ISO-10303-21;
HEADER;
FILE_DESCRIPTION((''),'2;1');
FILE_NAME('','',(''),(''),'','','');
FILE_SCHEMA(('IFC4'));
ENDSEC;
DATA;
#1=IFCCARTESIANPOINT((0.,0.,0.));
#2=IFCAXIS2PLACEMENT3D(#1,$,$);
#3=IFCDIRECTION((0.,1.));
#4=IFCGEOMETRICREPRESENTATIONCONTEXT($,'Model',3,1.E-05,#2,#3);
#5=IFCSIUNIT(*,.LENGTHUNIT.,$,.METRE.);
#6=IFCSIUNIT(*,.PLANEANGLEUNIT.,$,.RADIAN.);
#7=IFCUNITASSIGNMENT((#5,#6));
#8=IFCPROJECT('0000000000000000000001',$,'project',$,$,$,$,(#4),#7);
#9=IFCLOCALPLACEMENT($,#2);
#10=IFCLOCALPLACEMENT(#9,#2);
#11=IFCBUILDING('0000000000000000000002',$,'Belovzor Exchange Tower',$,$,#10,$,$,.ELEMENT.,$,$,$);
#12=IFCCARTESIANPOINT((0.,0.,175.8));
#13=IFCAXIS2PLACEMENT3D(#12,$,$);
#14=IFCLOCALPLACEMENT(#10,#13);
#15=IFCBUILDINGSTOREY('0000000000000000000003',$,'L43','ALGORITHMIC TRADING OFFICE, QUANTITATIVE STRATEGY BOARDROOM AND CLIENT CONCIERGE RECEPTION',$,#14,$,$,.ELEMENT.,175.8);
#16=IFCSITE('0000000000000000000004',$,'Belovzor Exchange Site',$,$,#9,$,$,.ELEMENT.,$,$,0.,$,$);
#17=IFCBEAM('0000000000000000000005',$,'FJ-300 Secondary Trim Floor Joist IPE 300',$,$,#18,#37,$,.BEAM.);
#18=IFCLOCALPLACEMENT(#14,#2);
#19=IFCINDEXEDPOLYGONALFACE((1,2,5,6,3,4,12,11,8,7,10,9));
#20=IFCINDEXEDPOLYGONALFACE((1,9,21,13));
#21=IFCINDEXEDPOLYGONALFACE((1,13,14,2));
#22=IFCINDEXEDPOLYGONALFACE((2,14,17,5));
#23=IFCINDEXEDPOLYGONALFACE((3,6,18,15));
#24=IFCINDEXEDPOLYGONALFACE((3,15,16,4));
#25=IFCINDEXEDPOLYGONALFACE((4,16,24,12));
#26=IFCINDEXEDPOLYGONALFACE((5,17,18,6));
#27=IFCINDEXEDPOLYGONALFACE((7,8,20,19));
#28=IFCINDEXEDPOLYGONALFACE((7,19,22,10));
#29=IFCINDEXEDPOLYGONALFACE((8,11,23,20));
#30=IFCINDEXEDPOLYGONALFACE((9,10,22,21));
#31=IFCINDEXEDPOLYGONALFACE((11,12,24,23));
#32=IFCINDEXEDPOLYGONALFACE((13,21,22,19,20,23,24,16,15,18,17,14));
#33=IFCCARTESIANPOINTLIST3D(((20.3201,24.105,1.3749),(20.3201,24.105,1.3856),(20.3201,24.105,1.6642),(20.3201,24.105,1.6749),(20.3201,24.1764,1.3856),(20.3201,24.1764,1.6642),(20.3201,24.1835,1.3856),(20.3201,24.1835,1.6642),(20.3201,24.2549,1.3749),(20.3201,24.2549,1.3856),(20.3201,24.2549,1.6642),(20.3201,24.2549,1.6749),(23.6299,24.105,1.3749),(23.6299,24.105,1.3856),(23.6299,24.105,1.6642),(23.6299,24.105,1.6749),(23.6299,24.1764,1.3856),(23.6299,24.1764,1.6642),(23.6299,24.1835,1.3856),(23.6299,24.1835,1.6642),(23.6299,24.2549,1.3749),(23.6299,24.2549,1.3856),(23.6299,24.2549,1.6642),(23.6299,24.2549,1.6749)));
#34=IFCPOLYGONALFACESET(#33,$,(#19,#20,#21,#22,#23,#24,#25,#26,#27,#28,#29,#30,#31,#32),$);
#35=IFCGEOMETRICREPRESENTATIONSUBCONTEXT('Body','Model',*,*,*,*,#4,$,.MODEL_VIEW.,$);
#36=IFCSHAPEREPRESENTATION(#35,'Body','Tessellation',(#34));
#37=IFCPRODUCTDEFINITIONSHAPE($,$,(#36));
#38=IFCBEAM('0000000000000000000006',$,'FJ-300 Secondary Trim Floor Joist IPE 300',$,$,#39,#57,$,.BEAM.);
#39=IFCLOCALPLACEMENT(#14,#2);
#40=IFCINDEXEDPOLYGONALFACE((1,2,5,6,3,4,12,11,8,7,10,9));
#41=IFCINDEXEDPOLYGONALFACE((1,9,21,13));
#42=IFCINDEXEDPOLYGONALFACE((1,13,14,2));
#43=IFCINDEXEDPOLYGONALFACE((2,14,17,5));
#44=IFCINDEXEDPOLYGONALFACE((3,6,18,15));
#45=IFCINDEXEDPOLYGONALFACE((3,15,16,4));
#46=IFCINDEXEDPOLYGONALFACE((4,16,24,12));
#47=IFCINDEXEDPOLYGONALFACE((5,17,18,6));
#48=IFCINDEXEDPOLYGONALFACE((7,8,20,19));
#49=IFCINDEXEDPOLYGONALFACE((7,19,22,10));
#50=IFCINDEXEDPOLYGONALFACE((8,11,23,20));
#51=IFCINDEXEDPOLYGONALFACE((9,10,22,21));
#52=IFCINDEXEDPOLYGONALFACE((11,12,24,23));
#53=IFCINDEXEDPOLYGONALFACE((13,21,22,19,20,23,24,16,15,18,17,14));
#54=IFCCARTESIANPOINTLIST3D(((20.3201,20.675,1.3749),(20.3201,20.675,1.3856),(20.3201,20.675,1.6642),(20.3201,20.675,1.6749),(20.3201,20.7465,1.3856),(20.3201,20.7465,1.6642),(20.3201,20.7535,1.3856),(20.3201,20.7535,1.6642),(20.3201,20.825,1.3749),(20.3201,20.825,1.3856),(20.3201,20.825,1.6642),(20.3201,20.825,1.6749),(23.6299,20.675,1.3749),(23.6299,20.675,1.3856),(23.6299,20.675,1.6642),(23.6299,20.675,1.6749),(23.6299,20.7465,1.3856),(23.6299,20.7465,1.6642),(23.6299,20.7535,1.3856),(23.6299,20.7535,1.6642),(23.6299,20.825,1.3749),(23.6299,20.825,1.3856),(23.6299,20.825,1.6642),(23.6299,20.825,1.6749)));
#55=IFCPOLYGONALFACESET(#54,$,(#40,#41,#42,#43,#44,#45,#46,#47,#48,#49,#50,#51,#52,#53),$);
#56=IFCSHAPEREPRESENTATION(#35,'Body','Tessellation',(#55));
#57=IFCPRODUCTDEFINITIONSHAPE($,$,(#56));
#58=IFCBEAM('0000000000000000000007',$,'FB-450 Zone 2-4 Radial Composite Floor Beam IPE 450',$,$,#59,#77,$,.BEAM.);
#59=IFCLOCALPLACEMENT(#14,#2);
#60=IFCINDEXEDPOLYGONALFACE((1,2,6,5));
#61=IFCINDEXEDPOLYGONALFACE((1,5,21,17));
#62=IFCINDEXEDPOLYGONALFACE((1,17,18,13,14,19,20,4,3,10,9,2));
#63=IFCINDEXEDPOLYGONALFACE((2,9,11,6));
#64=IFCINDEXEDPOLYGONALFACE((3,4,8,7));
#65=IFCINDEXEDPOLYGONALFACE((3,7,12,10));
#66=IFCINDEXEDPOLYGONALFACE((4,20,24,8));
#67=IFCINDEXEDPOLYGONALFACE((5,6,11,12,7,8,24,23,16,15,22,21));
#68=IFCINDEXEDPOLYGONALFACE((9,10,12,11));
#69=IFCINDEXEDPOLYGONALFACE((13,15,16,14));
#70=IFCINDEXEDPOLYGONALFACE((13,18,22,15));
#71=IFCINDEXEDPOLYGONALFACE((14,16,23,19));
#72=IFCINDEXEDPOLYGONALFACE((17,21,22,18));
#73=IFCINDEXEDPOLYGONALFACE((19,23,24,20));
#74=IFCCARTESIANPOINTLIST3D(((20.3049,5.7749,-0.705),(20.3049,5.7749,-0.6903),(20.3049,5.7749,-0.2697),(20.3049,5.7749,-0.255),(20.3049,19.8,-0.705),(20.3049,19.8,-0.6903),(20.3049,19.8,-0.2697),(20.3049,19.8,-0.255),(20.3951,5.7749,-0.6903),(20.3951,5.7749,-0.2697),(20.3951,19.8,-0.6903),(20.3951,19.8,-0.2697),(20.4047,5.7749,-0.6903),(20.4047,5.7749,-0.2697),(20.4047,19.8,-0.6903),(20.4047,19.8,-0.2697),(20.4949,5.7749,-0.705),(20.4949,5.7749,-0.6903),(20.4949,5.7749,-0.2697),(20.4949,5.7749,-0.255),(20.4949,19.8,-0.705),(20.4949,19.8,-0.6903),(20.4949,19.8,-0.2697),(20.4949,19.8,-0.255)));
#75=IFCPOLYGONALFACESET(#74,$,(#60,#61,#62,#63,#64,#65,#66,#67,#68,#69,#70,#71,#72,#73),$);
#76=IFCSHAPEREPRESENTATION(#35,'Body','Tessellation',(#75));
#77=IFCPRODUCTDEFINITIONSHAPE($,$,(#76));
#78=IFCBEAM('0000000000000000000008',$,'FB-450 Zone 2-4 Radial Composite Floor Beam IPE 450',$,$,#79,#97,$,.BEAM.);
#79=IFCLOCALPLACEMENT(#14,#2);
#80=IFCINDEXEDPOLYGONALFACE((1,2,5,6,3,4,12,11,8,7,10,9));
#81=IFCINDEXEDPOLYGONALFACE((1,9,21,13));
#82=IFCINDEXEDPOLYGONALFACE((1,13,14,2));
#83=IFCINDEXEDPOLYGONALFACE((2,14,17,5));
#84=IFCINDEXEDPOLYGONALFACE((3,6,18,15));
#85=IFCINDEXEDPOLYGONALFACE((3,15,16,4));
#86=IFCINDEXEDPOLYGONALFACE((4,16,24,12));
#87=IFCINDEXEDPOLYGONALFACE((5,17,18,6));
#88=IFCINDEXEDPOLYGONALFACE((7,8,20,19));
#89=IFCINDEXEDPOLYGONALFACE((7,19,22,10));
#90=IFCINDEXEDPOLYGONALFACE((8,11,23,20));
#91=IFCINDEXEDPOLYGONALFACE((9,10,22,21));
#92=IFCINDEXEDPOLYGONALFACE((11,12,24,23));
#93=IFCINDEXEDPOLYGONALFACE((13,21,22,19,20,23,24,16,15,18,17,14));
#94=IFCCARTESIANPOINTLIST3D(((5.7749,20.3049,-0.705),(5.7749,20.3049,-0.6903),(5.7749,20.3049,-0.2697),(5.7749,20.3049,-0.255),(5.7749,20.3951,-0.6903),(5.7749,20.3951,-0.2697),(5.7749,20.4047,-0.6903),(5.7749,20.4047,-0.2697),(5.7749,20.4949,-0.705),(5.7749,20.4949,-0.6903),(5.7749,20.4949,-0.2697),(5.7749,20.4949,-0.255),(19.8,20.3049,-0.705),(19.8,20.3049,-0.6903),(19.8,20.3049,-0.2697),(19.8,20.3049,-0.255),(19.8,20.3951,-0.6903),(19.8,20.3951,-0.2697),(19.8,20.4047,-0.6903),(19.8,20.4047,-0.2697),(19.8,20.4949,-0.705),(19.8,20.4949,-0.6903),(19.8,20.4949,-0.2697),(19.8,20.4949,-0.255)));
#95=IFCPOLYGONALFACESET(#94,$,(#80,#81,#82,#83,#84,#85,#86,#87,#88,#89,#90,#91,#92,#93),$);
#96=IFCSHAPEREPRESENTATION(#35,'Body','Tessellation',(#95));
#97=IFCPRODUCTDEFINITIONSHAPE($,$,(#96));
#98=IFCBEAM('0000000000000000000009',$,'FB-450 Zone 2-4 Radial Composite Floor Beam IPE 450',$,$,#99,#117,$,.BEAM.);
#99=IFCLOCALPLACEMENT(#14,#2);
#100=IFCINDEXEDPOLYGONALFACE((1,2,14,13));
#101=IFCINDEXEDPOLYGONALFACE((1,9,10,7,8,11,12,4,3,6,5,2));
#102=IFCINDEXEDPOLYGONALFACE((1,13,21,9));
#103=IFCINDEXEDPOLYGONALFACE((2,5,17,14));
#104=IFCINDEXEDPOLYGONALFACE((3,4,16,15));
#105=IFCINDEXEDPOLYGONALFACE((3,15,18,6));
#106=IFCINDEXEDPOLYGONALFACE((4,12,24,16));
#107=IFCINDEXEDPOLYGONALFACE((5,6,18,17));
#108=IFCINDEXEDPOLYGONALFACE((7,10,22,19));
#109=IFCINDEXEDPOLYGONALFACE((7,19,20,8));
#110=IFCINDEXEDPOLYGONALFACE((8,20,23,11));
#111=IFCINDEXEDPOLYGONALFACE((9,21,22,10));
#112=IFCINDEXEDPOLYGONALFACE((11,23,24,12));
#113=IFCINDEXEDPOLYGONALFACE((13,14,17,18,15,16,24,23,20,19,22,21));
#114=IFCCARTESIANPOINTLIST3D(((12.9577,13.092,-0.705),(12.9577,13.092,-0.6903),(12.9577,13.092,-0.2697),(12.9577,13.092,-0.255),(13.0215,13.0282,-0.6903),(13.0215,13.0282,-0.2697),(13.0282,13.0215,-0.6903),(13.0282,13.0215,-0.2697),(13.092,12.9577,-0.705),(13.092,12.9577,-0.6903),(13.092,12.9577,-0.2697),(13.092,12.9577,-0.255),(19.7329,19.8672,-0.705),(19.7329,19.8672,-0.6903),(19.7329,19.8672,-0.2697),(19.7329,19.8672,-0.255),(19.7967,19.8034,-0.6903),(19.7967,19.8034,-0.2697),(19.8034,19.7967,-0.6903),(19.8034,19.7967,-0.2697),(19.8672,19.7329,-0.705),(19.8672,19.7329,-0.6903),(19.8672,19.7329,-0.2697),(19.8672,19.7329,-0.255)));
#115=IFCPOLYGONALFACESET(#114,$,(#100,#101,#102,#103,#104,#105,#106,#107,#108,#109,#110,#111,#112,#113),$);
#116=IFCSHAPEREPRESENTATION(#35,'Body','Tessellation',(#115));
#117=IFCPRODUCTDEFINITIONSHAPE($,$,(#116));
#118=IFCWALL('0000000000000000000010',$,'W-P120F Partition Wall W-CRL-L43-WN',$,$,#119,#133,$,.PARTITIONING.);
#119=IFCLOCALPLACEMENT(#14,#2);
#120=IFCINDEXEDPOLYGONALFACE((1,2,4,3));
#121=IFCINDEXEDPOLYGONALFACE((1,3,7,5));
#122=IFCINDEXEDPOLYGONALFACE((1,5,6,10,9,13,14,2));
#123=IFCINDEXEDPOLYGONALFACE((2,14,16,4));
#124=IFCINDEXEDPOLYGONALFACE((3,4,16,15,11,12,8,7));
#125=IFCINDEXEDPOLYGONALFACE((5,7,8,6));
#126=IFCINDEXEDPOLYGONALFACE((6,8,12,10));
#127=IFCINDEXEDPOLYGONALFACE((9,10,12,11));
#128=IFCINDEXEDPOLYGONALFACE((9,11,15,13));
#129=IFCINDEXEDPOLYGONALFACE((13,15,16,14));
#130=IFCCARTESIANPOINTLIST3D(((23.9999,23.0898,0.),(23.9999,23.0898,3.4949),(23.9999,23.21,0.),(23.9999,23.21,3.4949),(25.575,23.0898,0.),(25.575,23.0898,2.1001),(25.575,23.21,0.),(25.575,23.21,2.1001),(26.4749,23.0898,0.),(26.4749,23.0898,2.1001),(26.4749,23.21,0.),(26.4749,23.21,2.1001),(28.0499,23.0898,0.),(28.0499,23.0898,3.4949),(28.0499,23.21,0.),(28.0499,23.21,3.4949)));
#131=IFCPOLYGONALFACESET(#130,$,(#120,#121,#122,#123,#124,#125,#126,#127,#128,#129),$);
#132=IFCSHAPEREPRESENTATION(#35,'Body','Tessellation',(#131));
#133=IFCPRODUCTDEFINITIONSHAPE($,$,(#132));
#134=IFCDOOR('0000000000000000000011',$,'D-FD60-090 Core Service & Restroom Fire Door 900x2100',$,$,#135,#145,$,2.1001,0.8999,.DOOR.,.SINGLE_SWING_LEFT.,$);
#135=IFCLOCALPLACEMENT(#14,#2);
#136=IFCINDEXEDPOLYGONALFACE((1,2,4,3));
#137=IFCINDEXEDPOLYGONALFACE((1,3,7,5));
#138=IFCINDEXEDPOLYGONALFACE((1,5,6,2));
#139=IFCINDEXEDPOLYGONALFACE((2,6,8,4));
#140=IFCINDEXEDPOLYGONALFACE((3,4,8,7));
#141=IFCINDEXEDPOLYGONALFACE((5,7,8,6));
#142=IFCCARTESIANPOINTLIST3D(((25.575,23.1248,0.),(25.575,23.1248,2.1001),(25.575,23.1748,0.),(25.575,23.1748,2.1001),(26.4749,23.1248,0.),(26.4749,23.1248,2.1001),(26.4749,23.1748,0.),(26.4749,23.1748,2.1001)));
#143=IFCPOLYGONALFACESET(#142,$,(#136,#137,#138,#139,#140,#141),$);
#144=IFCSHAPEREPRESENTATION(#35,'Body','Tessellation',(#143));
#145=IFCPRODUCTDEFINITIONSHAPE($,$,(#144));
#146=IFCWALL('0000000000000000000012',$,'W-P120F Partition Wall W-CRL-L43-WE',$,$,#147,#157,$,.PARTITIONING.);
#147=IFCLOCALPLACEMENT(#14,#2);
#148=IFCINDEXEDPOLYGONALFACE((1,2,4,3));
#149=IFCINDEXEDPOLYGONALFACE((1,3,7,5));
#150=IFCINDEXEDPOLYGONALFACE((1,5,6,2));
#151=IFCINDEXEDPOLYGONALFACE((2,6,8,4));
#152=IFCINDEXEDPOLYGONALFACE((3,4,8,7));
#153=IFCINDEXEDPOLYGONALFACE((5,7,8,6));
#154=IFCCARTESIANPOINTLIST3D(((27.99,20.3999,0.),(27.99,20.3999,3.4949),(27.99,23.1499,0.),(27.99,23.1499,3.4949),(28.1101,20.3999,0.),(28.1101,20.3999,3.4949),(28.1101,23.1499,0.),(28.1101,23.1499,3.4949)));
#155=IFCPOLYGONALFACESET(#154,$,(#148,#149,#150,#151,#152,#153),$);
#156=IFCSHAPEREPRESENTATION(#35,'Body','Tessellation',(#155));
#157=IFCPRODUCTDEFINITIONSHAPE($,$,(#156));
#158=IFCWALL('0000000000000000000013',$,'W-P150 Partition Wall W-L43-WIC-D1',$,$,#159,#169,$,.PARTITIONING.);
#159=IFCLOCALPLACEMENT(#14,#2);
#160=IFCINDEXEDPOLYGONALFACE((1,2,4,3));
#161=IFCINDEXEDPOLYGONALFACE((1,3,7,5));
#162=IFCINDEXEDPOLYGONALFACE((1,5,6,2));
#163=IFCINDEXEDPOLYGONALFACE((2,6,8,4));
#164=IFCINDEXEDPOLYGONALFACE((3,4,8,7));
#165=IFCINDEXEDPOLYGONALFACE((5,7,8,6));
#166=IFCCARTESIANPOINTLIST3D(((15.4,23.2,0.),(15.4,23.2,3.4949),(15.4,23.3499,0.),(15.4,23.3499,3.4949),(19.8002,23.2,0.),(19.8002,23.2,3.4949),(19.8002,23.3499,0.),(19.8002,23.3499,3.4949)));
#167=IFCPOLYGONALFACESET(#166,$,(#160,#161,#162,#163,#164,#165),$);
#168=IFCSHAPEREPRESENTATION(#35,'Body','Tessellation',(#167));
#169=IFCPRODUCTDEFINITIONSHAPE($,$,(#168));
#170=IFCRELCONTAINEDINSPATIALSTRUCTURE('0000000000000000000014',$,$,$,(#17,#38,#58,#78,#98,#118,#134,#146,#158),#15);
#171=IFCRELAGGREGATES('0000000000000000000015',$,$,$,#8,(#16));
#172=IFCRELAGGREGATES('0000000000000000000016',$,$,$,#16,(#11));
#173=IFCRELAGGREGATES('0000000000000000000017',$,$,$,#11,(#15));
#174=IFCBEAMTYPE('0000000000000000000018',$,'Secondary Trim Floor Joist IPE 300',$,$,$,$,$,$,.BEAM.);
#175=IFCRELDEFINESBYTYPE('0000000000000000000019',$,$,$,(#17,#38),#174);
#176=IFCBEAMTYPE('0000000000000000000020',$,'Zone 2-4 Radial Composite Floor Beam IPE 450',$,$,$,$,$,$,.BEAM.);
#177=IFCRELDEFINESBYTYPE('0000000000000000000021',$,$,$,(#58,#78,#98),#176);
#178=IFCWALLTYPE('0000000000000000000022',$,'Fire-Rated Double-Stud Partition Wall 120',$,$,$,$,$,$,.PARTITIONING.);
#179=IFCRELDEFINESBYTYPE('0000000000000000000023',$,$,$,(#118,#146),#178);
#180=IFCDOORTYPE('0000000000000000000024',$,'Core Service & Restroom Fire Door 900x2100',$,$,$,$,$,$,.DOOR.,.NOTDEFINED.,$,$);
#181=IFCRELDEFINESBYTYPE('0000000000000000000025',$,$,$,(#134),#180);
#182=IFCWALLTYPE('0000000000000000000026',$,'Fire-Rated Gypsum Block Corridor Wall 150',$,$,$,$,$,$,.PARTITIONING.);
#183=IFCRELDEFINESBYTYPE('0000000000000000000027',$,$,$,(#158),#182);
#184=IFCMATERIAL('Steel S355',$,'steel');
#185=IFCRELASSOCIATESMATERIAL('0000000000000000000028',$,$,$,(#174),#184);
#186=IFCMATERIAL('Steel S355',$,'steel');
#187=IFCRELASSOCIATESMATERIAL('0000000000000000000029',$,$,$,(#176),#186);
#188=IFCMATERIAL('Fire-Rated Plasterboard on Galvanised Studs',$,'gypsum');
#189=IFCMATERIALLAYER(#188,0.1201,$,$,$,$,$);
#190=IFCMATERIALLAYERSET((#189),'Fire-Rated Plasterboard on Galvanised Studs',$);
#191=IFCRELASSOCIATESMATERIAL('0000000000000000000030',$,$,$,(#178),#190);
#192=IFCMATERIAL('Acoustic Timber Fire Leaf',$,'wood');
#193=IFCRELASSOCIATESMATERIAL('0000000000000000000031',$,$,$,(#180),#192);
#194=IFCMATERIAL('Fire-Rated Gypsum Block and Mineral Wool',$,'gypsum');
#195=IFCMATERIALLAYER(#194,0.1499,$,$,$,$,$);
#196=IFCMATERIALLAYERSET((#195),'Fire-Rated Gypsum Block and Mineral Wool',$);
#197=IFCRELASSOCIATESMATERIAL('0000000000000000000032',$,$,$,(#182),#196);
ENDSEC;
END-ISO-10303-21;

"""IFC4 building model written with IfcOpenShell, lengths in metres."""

from ifc_helpers import new_model, si_unit, direction, frame, frame_2d, origin, origin_2d, place, context, subcontext, project, spatial, rectangle, i_section, extrude, material, layer, layer_set, material_profile, profile_set, type_object, element, fill, save


model = new_model("IFC4")

# Units and contexts
model_context = context("Model", 3, precision=1e-05, world=origin(), true_north=direction((0.0, 1.0)))
body_context = subcontext(model_context, "Body", "Model", "MODEL_VIEW")
ifc_project = project(units=[si_unit("LENGTHUNIT", "METRE"), si_unit("PLANEANGLEUNIT", "RADIAN")], contexts=[model_context])

# Site, building, storey
site_placement = place(None, origin())
site = spatial("IfcSite", under=ifc_project, at=site_placement, Name="Belovzor Exchange Site", CompositionType="ELEMENT", RefElevation=0.0)
building_placement = place(site_placement, origin())
building = spatial("IfcBuilding", under=site, at=building_placement, Name="Belovzor Exchange Tower", CompositionType="ELEMENT")
storey_placement = place(building_placement, frame((0.0, 0.0, 175.8)))
storey = spatial("IfcBuildingStorey", under=building, at=storey_placement, Name="L43", Description="ALGORITHMIC TRADING OFFICE, QUANTITATIVE STRATEGY BOARDROOM AND CLIENT CONCIERGE RECEPTION", CompositionType="ELEMENT", Elevation=175.8)

# Beams
ifc_material_1 = material(Name="Steel S355", Category="steel")
ifc_material_profile_1 = material_profile(ifc_material_1, i_section(OverallWidth=0.1499, OverallDepth=0.3, WebThickness=0.0071, FlangeThickness=0.0107, at=origin_2d()))
ifc_profile_set_1 = profile_set([ifc_material_profile_1], Name="Steel S355")
beam_type_1 = type_object("IfcBeamType", Name="Secondary Trim Floor Joist IPE 300", PredefinedType="BEAM", material=ifc_profile_set_1)
for number, where, z_axis, x_axis, name in (
    (1, (20.3201, 24.1799, 1.5249), (1.0, 0.0, 0.0), (0.0, 1.0, 0.0), "FJ-300 Secondary Trim Floor Joist IPE 300"),
    (2, (20.3201, 20.75, 1.5249), (1.0, 0.0, 0.0), (0.0, 1.0, 0.0), "FJ-300 Secondary Trim Floor Joist IPE 300"),
):
    element("IfcBeam", number, at=place(storey_placement, frame(where, z_axis=z_axis, x_axis=x_axis)), inside=storey, type_object=beam_type_1, Name=name, PredefinedType="BEAM", context=body_context, shape_type="SweptSolid", body=[
        extrude(i_section(OverallWidth=0.1499, OverallDepth=0.3, WebThickness=0.0071, FlangeThickness=0.0107, at=origin_2d()), origin(), (0.0, 0.0, 1.0), 3.3098),
    ])
ifc_material_2 = material(Name="Steel S355", Category="steel")
ifc_material_profile_2 = material_profile(ifc_material_2, i_section(OverallWidth=0.1899, OverallDepth=0.45, WebThickness=0.0095, FlangeThickness=0.0146, at=origin_2d()))
ifc_profile_set_2 = profile_set([ifc_material_profile_2], Name="Steel S355")
beam_type_2 = type_object("IfcBeamType", Name="Zone 2-4 Radial Composite Floor Beam IPE 450", PredefinedType="BEAM", material=ifc_profile_set_2)
for number, where, z_axis, x_axis, name in (
    (3, (20.3999, 19.8, -0.48), (0.0, -1.0, 0.0), (1.0, 0.0, 0.0), "FB-450 Zone 2-4 Radial Composite Floor Beam IPE 450"),
    (4, (19.8, 20.3999, -0.48), (-1.0, 0.0, 0.0), (0.0, -1.0, 0.0), "FB-450 Zone 2-4 Radial Composite Floor Beam IPE 450"),
):
    element("IfcBeam", number, at=place(storey_placement, frame(where, z_axis=z_axis, x_axis=x_axis)), inside=storey, type_object=beam_type_2, Name=name, PredefinedType="BEAM", context=body_context, shape_type="SweptSolid", body=[
        extrude(i_section(OverallWidth=0.1899, OverallDepth=0.45, WebThickness=0.0095, FlangeThickness=0.0146, at=origin_2d()), origin(), (0.0, 0.0, 1.0), 14.0251),
    ])
beam_placement = place(storey_placement, frame((19.8, 19.8, -0.48), z_axis=(-0.707107, -0.707107, 0.0), x_axis=(0.707107, -0.707107, 0.0)))
element("IfcBeam", 5, at=beam_placement, inside=storey, type_object=beam_type_2, Name="FB-450 Zone 2-4 Radial Composite Floor Beam IPE 450", PredefinedType="BEAM", context=body_context, shape_type="SweptSolid", body=[
    extrude(i_section(OverallWidth=0.1899, OverallDepth=0.45, WebThickness=0.0095, FlangeThickness=0.0146, at=origin_2d()), origin(), (0.0, 0.0, 1.0), 9.5815),
])

# Wall, opening, door
ifc_material_3 = material(Name="Fire-Rated Plasterboard on Galvanised Studs", Category="gypsum")
ifc_layer_1 = layer(ifc_material_3, 0.1201)
ifc_layer_set_1 = layer_set([ifc_layer_1], Name="Fire-Rated Plasterboard on Galvanised Studs")
wall_type_1 = type_object("IfcWallType", Name="Fire-Rated Double-Stud Partition Wall 120", PredefinedType="PARTITIONING", material=ifc_layer_set_1)
wall_1_placement = place(storey_placement, frame((24.0, 23.1499, 0.0), z_axis=(0.0, 0.0, 1.0), x_axis=(1.0, 0.0, 0.0)))
wall_1 = element("IfcWall", 6, at=wall_1_placement, inside=storey, type_object=wall_type_1, Name="W-P120F Partition Wall W-CRL-L43-WN", PredefinedType="PARTITIONING", context=body_context, shape_type="SweptSolid", body=[
    extrude(rectangle(XDim=4.05, YDim=0.1201, at=frame_2d((2.0249, 0.0))), origin(), (0.0, 0.0, 1.0), 3.4949),
])
opening_1_placement = place(wall_1_placement, frame((1.575, 0.0, 0.0)))
opening_1 = element("IfcOpeningElement", 7, at=opening_1_placement, cuts=wall_1, PredefinedType="OPENING", context=body_context, shape_type="SweptSolid", body=[
    extrude(rectangle(XDim=0.8999, YDim=2.1001, at=frame_2d((0.45, 1.05))), frame((0.0, 0.0701, 0.0), z_axis=(0.0, -1.0, 0.0), x_axis=(1.0, 0.0, 0.0)), (0.0, 0.0, 1.0), 0.1401),
])
ifc_material_4 = material(Name="Acoustic Timber Fire Leaf", Category="wood")
door_type_1 = type_object("IfcDoorType", Name="Core Service & Restroom Fire Door 900x2100", OperationType="NOTDEFINED", PredefinedType="DOOR", material=ifc_material_4)
door_1_placement = place(opening_1_placement, origin())
door_1 = element("IfcDoor", 8, at=door_1_placement, inside=storey, type_object=door_type_1, Name="D-FD60-090 Core Service & Restroom Fire Door 900x2100", OperationType="SINGLE_SWING_LEFT", OverallHeight=2.1001, OverallWidth=0.8999, PredefinedType="DOOR", context=body_context, shape_type="SweptSolid", body=[
    extrude(rectangle(XDim=0.8999, YDim=2.1001, at=frame_2d((0.45, 1.05))), frame((0.0, 0.0249, 0.0), z_axis=(0.0, -1.0, 0.0), x_axis=(1.0, 0.0, 0.0)), (0.0, 0.0, 1.0), 0.05),
])
fill(opening_1, door_1)

# Walls
wall_2_placement = place(storey_placement, frame((28.05, 20.3999, 0.0), z_axis=(0.0, 0.0, 1.0), x_axis=(0.0, 1.0, 0.0)))
element("IfcWall", 9, at=wall_2_placement, inside=storey, type_object=wall_type_1, Name="W-P120F Partition Wall W-CRL-L43-WE", PredefinedType="PARTITIONING", context=body_context, shape_type="SweptSolid", body=[
    extrude(rectangle(XDim=2.75, YDim=0.1201, at=frame_2d((1.375, 0.0))), origin(), (0.0, 0.0, 1.0), 3.4949),
])
ifc_material_5 = material(Name="Fire-Rated Gypsum Block and Mineral Wool", Category="gypsum")
ifc_layer_2 = layer(ifc_material_5, 0.1499)
ifc_layer_set_2 = layer_set([ifc_layer_2], Name="Fire-Rated Gypsum Block and Mineral Wool")
wall_type_2 = type_object("IfcWallType", Name="Fire-Rated Gypsum Block Corridor Wall 150", PredefinedType="PARTITIONING", material=ifc_layer_set_2)
wall_3_placement = place(storey_placement, frame((15.3999, 23.2749, 0.0), z_axis=(0.0, 0.0, 1.0), x_axis=(1.0, 0.0, 0.0)))
element("IfcWall", 10, at=wall_3_placement, inside=storey, type_object=wall_type_2, Name="W-P150 Partition Wall W-L43-WIC-D1", PredefinedType="PARTITIONING", context=body_context, shape_type="SweptSolid", body=[
    extrude(rectangle(XDim=4.4001, YDim=0.1499, at=frame_2d((2.2002, 0.0))), origin(), (0.0, 0.0, 1.0), 3.4949),
])

save(model, "model.ifc")
